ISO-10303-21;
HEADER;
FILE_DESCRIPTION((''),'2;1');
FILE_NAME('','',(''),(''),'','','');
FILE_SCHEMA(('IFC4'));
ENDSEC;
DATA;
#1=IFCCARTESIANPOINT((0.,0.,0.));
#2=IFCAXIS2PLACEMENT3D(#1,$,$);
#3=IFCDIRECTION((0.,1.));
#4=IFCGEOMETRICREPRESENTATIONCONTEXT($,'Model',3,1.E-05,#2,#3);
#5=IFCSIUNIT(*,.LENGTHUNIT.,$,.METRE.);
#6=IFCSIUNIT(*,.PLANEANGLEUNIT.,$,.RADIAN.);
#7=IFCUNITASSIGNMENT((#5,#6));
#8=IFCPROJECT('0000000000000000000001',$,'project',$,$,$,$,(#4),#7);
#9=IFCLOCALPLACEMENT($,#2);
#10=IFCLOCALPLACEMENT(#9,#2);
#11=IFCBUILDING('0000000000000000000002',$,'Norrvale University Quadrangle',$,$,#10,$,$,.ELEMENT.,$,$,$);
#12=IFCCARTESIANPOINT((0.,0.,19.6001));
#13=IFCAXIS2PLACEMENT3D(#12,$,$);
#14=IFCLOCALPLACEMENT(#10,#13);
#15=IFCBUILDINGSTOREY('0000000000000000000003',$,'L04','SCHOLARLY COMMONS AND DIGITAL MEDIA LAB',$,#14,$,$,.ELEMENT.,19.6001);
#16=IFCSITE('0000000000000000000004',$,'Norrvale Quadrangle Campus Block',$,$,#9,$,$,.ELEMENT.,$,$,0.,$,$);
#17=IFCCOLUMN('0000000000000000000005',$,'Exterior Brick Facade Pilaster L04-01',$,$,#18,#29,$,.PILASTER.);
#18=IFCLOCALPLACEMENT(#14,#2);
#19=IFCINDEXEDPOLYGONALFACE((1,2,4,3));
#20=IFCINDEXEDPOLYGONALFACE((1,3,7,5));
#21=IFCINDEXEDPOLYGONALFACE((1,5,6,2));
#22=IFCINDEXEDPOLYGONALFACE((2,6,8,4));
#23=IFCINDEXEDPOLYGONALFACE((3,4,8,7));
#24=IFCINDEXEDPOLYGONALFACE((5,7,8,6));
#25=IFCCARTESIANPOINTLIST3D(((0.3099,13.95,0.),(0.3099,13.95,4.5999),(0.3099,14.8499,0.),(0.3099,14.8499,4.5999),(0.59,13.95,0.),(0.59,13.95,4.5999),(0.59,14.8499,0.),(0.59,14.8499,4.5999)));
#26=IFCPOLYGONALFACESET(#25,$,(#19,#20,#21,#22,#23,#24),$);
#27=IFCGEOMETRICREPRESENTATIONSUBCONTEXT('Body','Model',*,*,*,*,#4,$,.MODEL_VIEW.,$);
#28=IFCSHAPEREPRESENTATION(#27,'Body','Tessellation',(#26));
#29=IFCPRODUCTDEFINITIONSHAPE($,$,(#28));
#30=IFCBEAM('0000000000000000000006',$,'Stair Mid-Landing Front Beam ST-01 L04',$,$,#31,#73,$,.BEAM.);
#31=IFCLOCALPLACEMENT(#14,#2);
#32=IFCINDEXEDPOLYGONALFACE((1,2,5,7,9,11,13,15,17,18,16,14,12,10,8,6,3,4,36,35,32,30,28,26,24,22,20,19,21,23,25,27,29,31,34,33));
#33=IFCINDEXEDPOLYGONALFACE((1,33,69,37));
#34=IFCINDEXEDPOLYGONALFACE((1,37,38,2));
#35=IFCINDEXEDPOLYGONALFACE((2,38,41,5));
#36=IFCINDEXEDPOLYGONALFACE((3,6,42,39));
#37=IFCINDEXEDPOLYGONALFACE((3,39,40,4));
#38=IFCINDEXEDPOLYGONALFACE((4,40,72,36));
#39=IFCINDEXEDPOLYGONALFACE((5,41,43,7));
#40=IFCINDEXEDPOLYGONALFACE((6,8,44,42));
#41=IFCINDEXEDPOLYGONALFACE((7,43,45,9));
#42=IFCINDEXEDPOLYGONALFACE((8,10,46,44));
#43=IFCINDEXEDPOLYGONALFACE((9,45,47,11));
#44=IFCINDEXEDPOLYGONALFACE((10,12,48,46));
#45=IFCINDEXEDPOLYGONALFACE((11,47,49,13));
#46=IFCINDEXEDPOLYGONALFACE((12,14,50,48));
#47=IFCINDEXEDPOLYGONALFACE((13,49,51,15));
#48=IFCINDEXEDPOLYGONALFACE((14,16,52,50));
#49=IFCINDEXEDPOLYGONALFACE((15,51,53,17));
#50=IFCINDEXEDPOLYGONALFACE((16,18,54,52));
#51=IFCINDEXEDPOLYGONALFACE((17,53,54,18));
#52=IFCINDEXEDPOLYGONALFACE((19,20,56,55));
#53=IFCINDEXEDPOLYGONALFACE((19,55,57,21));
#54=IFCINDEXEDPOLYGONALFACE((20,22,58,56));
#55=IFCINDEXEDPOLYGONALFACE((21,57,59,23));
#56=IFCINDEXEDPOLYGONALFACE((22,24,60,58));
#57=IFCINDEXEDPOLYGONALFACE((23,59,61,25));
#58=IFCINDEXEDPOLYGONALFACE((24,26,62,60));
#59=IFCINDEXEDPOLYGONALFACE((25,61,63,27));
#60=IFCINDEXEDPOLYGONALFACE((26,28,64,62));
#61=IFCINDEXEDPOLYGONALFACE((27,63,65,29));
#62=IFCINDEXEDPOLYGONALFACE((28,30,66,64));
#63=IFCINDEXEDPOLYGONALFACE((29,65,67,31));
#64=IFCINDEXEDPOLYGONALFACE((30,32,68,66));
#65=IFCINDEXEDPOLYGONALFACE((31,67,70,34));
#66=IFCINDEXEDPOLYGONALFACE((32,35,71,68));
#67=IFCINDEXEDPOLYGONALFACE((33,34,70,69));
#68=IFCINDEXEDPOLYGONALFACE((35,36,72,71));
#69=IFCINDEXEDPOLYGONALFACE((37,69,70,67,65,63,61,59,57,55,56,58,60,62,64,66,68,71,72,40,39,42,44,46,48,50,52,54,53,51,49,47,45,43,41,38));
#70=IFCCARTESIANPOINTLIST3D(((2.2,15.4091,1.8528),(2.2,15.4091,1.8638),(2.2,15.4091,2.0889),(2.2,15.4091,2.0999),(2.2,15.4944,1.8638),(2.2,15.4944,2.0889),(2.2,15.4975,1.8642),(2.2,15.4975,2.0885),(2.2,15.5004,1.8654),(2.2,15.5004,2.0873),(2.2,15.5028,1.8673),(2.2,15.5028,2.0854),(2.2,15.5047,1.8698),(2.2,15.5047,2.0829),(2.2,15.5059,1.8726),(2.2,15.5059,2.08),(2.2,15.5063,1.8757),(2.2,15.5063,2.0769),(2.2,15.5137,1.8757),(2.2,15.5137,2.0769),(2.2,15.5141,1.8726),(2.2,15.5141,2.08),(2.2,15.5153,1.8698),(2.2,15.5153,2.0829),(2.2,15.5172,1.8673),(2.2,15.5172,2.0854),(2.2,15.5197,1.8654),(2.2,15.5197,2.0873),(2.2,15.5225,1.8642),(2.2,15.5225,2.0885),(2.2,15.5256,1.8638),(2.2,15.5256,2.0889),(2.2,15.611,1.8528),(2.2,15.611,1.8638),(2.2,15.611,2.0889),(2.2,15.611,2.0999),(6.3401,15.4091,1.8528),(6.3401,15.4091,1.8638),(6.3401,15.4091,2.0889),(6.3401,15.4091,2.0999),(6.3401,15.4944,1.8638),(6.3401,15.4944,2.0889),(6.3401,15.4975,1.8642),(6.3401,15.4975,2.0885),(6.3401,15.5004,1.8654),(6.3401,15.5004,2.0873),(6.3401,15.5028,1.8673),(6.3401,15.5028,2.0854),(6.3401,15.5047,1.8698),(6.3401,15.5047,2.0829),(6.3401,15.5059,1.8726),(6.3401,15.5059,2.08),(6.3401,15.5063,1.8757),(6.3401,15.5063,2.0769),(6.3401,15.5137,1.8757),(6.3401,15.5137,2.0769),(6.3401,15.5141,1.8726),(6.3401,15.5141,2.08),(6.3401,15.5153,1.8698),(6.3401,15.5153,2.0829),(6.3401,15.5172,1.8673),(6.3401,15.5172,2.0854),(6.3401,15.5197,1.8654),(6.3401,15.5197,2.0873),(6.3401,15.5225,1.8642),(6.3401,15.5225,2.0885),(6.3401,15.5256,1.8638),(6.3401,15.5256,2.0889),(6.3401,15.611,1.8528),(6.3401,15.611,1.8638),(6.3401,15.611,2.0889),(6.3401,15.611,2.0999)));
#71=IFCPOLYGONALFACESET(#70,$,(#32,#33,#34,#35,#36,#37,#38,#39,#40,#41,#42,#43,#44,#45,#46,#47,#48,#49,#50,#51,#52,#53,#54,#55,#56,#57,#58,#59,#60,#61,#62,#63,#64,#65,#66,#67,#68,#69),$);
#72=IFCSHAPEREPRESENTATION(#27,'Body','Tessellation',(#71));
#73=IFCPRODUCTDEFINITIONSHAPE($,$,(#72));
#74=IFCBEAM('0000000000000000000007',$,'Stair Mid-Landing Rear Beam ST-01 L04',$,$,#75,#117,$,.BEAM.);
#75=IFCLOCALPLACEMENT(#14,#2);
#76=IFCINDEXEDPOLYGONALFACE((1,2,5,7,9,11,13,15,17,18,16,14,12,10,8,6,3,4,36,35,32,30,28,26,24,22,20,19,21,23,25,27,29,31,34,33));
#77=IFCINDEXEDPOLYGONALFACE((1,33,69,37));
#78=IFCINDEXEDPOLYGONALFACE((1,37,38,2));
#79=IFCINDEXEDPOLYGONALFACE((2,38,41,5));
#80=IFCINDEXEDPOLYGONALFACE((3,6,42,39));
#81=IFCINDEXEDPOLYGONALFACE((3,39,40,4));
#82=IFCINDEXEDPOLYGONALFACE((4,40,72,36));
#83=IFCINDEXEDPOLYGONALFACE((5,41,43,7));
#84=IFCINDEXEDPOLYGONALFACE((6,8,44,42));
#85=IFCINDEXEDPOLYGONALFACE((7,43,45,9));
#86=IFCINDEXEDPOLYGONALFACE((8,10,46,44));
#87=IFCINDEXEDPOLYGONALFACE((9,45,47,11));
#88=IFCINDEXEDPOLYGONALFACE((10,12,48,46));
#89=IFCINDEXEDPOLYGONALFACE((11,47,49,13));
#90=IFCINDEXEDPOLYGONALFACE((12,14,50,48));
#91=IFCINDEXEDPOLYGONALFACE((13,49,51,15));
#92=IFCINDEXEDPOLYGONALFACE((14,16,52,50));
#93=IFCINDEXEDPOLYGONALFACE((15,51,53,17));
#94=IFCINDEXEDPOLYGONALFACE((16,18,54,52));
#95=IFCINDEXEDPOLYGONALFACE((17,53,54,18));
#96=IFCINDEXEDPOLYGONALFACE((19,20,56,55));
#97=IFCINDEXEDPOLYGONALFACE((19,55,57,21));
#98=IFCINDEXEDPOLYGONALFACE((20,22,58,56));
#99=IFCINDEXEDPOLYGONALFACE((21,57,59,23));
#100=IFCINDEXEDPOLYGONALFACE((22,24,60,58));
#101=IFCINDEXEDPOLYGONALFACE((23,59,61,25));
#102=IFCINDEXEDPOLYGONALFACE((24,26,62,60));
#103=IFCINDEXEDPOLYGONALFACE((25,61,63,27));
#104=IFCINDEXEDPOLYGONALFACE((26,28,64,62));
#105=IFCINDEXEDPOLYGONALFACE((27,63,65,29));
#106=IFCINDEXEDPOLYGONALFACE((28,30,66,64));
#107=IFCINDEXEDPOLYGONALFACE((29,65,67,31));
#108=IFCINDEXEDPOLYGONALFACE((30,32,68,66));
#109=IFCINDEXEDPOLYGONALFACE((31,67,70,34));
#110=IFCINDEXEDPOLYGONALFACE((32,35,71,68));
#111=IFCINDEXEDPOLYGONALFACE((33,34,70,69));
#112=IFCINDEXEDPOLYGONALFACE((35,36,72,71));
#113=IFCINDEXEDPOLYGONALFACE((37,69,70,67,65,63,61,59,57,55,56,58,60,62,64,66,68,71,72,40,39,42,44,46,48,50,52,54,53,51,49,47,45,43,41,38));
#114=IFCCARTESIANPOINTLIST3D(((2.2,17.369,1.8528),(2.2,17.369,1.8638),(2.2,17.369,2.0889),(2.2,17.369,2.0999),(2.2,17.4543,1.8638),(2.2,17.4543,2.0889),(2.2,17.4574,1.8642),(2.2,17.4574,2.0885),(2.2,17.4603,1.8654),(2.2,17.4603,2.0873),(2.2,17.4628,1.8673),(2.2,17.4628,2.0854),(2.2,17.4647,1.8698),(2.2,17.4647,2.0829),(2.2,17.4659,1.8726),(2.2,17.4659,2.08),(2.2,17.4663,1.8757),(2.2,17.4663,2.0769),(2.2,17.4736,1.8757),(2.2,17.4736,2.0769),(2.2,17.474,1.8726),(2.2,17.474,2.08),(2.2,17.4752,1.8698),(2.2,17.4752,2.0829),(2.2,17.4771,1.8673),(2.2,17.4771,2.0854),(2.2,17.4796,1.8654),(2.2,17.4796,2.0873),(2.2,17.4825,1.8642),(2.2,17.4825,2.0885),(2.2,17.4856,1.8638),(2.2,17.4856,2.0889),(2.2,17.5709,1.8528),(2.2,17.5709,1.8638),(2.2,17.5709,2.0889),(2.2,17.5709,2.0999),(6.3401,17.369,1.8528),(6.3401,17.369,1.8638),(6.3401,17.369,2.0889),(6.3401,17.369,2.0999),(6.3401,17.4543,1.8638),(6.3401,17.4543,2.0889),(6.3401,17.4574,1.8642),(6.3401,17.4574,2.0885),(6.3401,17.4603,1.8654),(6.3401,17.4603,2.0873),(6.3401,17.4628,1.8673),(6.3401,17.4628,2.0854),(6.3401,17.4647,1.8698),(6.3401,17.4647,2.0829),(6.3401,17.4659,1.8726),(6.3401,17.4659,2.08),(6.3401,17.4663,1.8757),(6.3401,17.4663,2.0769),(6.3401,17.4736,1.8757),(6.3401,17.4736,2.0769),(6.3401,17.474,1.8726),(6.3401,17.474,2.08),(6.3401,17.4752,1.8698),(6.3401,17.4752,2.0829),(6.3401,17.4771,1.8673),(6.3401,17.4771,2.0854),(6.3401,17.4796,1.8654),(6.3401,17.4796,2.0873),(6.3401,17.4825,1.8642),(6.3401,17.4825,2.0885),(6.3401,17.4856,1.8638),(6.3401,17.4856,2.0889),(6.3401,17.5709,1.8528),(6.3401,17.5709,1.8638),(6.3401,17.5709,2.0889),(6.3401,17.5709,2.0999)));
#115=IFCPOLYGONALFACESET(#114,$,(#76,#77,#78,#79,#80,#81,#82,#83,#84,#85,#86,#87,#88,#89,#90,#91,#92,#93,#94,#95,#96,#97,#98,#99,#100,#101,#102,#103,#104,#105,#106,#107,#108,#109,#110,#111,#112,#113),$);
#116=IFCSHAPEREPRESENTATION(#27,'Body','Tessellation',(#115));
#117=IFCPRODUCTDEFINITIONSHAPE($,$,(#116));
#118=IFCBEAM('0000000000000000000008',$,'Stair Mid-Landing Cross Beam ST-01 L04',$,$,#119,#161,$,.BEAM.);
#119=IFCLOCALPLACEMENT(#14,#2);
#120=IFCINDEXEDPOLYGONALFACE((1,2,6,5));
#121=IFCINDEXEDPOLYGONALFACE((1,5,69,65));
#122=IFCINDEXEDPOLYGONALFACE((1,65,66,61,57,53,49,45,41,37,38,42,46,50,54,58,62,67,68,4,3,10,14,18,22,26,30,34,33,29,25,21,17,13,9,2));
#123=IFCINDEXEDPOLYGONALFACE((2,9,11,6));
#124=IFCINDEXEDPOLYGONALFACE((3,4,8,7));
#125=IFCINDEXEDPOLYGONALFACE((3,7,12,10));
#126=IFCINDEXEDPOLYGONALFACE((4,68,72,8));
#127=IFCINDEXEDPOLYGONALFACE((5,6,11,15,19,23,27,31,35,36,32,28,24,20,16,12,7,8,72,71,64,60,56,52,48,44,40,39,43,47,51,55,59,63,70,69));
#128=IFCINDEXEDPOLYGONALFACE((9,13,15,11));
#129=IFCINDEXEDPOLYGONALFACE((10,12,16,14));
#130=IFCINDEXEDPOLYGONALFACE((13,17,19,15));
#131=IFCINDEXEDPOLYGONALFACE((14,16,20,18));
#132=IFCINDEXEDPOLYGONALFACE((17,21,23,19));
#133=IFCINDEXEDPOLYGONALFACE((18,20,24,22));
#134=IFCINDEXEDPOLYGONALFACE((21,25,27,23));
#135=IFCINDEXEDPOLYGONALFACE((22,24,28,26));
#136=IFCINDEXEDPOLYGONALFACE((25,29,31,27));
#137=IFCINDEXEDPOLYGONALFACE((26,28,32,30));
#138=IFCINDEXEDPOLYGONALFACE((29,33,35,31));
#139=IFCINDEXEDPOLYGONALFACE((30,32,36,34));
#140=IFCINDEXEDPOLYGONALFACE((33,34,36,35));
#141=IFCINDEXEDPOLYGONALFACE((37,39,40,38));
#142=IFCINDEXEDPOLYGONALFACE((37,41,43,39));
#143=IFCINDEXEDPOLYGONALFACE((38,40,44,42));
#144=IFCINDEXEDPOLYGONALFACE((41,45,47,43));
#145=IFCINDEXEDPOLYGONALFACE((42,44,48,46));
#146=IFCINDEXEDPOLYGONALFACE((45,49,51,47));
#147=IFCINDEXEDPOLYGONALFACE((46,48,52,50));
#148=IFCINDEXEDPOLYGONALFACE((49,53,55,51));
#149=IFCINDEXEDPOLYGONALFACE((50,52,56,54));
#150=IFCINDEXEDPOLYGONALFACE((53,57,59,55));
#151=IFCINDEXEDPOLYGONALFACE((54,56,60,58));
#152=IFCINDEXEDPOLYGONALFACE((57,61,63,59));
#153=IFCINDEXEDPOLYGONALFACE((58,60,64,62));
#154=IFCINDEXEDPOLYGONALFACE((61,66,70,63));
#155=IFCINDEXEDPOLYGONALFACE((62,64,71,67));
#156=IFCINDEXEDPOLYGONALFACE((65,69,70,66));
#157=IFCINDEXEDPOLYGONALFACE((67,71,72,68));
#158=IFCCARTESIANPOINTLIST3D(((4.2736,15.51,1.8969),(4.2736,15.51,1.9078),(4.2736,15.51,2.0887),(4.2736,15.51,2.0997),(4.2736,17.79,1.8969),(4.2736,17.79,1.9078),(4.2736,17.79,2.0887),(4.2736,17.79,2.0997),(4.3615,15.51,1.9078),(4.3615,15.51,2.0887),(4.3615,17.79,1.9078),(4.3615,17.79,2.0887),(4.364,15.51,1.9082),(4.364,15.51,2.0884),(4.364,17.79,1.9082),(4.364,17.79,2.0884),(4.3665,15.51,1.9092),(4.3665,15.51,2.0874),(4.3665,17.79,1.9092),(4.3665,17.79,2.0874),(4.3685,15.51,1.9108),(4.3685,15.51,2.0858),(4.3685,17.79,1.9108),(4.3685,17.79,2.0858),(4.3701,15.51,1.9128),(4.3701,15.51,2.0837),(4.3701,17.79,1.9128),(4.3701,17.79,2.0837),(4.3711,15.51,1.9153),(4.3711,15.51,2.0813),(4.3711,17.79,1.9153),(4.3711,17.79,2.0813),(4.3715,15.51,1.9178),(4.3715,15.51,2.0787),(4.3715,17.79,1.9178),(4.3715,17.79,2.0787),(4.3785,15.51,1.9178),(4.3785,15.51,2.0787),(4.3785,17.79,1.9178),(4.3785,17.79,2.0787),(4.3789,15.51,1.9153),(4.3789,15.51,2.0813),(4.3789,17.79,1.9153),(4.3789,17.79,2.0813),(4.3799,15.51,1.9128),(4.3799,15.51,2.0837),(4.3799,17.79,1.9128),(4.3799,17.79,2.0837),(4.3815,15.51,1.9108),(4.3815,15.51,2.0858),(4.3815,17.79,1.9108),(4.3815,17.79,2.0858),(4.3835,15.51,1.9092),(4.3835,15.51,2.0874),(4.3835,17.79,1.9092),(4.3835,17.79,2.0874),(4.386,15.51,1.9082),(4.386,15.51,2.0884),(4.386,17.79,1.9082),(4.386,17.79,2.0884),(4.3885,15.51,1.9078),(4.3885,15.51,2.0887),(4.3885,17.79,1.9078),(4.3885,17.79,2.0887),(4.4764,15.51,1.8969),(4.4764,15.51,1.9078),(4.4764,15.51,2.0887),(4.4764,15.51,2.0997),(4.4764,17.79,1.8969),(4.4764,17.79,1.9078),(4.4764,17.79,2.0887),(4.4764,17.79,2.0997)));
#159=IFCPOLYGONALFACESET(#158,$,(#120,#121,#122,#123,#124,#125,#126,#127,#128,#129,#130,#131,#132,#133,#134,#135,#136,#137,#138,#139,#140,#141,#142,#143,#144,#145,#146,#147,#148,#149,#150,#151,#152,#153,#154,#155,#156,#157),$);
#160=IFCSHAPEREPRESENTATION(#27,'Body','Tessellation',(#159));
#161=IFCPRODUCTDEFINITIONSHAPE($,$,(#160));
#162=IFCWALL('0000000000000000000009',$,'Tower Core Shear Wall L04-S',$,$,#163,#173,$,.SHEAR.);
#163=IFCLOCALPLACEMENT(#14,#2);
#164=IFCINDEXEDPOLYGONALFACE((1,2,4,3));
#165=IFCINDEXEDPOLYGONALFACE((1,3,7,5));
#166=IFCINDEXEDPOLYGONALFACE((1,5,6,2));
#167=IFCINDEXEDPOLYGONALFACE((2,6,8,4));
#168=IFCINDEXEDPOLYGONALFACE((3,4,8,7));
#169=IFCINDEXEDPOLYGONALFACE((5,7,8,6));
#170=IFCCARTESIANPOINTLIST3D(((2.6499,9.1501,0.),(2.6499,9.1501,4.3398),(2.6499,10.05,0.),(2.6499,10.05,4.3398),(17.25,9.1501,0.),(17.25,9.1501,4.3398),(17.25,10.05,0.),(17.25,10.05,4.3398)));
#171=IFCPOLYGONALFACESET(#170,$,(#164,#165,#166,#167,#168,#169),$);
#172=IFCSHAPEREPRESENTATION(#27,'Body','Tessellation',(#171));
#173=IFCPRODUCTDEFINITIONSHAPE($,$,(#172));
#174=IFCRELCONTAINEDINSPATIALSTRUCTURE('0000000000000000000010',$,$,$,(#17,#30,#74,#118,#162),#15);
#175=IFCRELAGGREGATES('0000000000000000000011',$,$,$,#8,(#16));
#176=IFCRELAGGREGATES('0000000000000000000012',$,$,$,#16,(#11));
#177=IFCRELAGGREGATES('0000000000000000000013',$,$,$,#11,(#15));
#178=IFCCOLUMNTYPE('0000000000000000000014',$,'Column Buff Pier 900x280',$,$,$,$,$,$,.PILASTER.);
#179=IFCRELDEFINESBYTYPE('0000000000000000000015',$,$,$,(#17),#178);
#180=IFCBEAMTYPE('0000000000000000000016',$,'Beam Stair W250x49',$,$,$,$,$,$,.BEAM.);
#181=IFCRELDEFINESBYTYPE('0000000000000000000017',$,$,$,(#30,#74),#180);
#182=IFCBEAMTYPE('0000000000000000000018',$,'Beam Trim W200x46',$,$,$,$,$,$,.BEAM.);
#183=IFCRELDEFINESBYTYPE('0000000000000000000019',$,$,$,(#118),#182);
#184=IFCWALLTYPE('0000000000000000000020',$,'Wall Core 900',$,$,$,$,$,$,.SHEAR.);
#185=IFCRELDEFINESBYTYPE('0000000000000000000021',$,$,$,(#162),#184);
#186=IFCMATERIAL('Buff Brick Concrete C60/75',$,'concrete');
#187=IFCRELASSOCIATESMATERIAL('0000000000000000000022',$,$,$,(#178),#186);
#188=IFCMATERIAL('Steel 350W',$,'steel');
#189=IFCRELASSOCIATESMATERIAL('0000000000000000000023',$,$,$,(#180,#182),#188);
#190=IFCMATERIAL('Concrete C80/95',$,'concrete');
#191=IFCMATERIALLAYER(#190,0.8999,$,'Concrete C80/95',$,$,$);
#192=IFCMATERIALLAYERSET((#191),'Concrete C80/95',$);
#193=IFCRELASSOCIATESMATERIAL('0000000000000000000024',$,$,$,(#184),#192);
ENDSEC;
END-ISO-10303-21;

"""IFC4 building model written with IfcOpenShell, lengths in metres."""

from ifc_helpers import new_model, si_unit, direction, frame, frame_2d, origin, origin_2d, place, context, subcontext, project, spatial, rectangle, i_section, extrude, material, layer, layer_set, material_profile, profile_set, type_object, element, save


model = new_model("IFC4")

# Units and contexts
model_context = context("Model", 3, precision=1e-05, world=origin(), true_north=direction((0.0, 1.0)))
body_context = subcontext(model_context, "Body", "Model", "MODEL_VIEW")
ifc_project = project(units=[si_unit("LENGTHUNIT", "METRE"), si_unit("PLANEANGLEUNIT", "RADIAN")], contexts=[model_context])

# Site, building, storey
site_placement = place(None, origin())
site = spatial("IfcSite", under=ifc_project, at=site_placement, Name="Norrvale Quadrangle Campus Block", CompositionType="ELEMENT", RefElevation=0.0)
building_placement = place(site_placement, origin())
building = spatial("IfcBuilding", under=site, at=building_placement, Name="Norrvale University Quadrangle", CompositionType="ELEMENT")
storey_placement = place(building_placement, frame((0.0, 0.0, 19.6001)))
storey = spatial("IfcBuildingStorey", under=building, at=storey_placement, Name="L04", Description="SCHOLARLY COMMONS AND DIGITAL MEDIA LAB", CompositionType="ELEMENT", Elevation=19.6001)

# Column
ifc_material_1 = material(Name="Buff Brick Concrete C60/75", Category="concrete")
ifc_material_profile_1 = material_profile(ifc_material_1, rectangle(XDim=0.8999, YDim=0.28, at=origin_2d()), Name="Buff Brick Concrete C60/75")
ifc_profile_set_1 = profile_set([ifc_material_profile_1], Name="Buff Brick Concrete C60/75")
column_type = type_object("IfcColumnType", Name="Column Buff Pier 900x280", PredefinedType="PILASTER", material=ifc_profile_set_1)
column_placement = place(storey_placement, frame((0.45, 14.3999, 0.0), z_axis=(0.0, 0.0, 1.0), x_axis=(0.0, 1.0, 0.0)))
element("IfcColumn", 1, at=column_placement, inside=storey, type_object=column_type, Name="Exterior Brick Facade Pilaster L04-01", PredefinedType="PILASTER", context=body_context, shape_type="SweptSolid", body=[
    extrude(rectangle(XDim=0.8999, YDim=0.28, at=origin_2d()), origin(), (0.0, 0.0, 1.0), 4.5999),
])

# Beams
ifc_material_2 = material(Name="Steel 350W", Category="steel")
ifc_material_profile_2 = material_profile(ifc_material_2, i_section(OverallWidth=0.2019, OverallDepth=0.2471, WebThickness=0.0073, FlangeThickness=0.011, FilletRadius=0.012, at=origin_2d()), Name="Steel 350W")
ifc_profile_set_2 = profile_set([ifc_material_profile_2], Name="Steel 350W")
beam_type_1 = type_object("IfcBeamType", Name="Beam Stair W250x49", PredefinedType="BEAM", material=ifc_profile_set_2)
for number, where, z_axis, x_axis, name in (
    (2, (2.2, 15.51, 1.9763), (1.0, 0.0, 0.0), (0.0, 1.0, 0.0), "Stair Mid-Landing Front Beam ST-01 L04"),
    (3, (2.2, 17.47, 1.9763), (1.0, 0.0, 0.0), (0.0, 1.0, 0.0), "Stair Mid-Landing Rear Beam ST-01 L04"),
):
    element("IfcBeam", number, at=place(storey_placement, frame(where, z_axis=z_axis, x_axis=x_axis)), inside=storey, type_object=beam_type_1, Name=name, PredefinedType="BEAM", context=body_context, shape_type="SweptSolid", body=[
        extrude(i_section(OverallWidth=0.2019, OverallDepth=0.2471, WebThickness=0.0073, FlangeThickness=0.011, FilletRadius=0.012, at=origin_2d()), origin(), (0.0, 0.0, 1.0), 4.1401),
    ])
ifc_material_profile_3 = material_profile(ifc_material_2, i_section(OverallWidth=0.2029, OverallDepth=0.2029, WebThickness=0.0071, FlangeThickness=0.011, FilletRadius=0.01, at=origin_2d()), Name="Steel 350W")
ifc_profile_set_3 = profile_set([ifc_material_profile_3], Name="Steel 350W")
beam_type_2 = type_object("IfcBeamType", Name="Beam Trim W200x46", PredefinedType="BEAM", material=ifc_profile_set_3)
beam_placement = place(storey_placement, frame((4.375, 15.51, 1.9983), z_axis=(0.0, 1.0, 0.0), x_axis=(-1.0, 0.0, 0.0)))
element("IfcBeam", 4, at=beam_placement, inside=storey, type_object=beam_type_2, Name="Stair Mid-Landing Cross Beam ST-01 L04", PredefinedType="BEAM", context=body_context, shape_type="SweptSolid", body=[
    extrude(i_section(OverallWidth=0.2029, OverallDepth=0.2029, WebThickness=0.0071, FlangeThickness=0.011, FilletRadius=0.01, at=origin_2d()), origin(), (0.0, 0.0, 1.0), 2.28),
])

# Wall
ifc_material_3 = material(Name="Concrete C80/95", Category="concrete")
ifc_layer_1 = layer(ifc_material_3, 0.8999, Name="Concrete C80/95")
ifc_layer_set_1 = layer_set([ifc_layer_1], Name="Concrete C80/95")
wall_type_1 = type_object("IfcWallType", Name="Wall Core 900", PredefinedType="SHEAR", material=ifc_layer_set_1)
wall_1_placement = place(storey_placement, frame((2.6499, 9.6001, 0.0), z_axis=(0.0, 0.0, 1.0), x_axis=(1.0, 0.0, 0.0)))
element("IfcWall", 5, at=wall_1_placement, inside=storey, type_object=wall_type_1, Name="Tower Core Shear Wall L04-S", PredefinedType="SHEAR", context=body_context, shape_type="SweptSolid", body=[
    extrude(rectangle(XDim=14.6001, YDim=0.8999, at=frame_2d((7.3, 0.0))), origin(), (0.0, 0.0, 1.0), 4.3398),
])

save(model, "model.ifc")
